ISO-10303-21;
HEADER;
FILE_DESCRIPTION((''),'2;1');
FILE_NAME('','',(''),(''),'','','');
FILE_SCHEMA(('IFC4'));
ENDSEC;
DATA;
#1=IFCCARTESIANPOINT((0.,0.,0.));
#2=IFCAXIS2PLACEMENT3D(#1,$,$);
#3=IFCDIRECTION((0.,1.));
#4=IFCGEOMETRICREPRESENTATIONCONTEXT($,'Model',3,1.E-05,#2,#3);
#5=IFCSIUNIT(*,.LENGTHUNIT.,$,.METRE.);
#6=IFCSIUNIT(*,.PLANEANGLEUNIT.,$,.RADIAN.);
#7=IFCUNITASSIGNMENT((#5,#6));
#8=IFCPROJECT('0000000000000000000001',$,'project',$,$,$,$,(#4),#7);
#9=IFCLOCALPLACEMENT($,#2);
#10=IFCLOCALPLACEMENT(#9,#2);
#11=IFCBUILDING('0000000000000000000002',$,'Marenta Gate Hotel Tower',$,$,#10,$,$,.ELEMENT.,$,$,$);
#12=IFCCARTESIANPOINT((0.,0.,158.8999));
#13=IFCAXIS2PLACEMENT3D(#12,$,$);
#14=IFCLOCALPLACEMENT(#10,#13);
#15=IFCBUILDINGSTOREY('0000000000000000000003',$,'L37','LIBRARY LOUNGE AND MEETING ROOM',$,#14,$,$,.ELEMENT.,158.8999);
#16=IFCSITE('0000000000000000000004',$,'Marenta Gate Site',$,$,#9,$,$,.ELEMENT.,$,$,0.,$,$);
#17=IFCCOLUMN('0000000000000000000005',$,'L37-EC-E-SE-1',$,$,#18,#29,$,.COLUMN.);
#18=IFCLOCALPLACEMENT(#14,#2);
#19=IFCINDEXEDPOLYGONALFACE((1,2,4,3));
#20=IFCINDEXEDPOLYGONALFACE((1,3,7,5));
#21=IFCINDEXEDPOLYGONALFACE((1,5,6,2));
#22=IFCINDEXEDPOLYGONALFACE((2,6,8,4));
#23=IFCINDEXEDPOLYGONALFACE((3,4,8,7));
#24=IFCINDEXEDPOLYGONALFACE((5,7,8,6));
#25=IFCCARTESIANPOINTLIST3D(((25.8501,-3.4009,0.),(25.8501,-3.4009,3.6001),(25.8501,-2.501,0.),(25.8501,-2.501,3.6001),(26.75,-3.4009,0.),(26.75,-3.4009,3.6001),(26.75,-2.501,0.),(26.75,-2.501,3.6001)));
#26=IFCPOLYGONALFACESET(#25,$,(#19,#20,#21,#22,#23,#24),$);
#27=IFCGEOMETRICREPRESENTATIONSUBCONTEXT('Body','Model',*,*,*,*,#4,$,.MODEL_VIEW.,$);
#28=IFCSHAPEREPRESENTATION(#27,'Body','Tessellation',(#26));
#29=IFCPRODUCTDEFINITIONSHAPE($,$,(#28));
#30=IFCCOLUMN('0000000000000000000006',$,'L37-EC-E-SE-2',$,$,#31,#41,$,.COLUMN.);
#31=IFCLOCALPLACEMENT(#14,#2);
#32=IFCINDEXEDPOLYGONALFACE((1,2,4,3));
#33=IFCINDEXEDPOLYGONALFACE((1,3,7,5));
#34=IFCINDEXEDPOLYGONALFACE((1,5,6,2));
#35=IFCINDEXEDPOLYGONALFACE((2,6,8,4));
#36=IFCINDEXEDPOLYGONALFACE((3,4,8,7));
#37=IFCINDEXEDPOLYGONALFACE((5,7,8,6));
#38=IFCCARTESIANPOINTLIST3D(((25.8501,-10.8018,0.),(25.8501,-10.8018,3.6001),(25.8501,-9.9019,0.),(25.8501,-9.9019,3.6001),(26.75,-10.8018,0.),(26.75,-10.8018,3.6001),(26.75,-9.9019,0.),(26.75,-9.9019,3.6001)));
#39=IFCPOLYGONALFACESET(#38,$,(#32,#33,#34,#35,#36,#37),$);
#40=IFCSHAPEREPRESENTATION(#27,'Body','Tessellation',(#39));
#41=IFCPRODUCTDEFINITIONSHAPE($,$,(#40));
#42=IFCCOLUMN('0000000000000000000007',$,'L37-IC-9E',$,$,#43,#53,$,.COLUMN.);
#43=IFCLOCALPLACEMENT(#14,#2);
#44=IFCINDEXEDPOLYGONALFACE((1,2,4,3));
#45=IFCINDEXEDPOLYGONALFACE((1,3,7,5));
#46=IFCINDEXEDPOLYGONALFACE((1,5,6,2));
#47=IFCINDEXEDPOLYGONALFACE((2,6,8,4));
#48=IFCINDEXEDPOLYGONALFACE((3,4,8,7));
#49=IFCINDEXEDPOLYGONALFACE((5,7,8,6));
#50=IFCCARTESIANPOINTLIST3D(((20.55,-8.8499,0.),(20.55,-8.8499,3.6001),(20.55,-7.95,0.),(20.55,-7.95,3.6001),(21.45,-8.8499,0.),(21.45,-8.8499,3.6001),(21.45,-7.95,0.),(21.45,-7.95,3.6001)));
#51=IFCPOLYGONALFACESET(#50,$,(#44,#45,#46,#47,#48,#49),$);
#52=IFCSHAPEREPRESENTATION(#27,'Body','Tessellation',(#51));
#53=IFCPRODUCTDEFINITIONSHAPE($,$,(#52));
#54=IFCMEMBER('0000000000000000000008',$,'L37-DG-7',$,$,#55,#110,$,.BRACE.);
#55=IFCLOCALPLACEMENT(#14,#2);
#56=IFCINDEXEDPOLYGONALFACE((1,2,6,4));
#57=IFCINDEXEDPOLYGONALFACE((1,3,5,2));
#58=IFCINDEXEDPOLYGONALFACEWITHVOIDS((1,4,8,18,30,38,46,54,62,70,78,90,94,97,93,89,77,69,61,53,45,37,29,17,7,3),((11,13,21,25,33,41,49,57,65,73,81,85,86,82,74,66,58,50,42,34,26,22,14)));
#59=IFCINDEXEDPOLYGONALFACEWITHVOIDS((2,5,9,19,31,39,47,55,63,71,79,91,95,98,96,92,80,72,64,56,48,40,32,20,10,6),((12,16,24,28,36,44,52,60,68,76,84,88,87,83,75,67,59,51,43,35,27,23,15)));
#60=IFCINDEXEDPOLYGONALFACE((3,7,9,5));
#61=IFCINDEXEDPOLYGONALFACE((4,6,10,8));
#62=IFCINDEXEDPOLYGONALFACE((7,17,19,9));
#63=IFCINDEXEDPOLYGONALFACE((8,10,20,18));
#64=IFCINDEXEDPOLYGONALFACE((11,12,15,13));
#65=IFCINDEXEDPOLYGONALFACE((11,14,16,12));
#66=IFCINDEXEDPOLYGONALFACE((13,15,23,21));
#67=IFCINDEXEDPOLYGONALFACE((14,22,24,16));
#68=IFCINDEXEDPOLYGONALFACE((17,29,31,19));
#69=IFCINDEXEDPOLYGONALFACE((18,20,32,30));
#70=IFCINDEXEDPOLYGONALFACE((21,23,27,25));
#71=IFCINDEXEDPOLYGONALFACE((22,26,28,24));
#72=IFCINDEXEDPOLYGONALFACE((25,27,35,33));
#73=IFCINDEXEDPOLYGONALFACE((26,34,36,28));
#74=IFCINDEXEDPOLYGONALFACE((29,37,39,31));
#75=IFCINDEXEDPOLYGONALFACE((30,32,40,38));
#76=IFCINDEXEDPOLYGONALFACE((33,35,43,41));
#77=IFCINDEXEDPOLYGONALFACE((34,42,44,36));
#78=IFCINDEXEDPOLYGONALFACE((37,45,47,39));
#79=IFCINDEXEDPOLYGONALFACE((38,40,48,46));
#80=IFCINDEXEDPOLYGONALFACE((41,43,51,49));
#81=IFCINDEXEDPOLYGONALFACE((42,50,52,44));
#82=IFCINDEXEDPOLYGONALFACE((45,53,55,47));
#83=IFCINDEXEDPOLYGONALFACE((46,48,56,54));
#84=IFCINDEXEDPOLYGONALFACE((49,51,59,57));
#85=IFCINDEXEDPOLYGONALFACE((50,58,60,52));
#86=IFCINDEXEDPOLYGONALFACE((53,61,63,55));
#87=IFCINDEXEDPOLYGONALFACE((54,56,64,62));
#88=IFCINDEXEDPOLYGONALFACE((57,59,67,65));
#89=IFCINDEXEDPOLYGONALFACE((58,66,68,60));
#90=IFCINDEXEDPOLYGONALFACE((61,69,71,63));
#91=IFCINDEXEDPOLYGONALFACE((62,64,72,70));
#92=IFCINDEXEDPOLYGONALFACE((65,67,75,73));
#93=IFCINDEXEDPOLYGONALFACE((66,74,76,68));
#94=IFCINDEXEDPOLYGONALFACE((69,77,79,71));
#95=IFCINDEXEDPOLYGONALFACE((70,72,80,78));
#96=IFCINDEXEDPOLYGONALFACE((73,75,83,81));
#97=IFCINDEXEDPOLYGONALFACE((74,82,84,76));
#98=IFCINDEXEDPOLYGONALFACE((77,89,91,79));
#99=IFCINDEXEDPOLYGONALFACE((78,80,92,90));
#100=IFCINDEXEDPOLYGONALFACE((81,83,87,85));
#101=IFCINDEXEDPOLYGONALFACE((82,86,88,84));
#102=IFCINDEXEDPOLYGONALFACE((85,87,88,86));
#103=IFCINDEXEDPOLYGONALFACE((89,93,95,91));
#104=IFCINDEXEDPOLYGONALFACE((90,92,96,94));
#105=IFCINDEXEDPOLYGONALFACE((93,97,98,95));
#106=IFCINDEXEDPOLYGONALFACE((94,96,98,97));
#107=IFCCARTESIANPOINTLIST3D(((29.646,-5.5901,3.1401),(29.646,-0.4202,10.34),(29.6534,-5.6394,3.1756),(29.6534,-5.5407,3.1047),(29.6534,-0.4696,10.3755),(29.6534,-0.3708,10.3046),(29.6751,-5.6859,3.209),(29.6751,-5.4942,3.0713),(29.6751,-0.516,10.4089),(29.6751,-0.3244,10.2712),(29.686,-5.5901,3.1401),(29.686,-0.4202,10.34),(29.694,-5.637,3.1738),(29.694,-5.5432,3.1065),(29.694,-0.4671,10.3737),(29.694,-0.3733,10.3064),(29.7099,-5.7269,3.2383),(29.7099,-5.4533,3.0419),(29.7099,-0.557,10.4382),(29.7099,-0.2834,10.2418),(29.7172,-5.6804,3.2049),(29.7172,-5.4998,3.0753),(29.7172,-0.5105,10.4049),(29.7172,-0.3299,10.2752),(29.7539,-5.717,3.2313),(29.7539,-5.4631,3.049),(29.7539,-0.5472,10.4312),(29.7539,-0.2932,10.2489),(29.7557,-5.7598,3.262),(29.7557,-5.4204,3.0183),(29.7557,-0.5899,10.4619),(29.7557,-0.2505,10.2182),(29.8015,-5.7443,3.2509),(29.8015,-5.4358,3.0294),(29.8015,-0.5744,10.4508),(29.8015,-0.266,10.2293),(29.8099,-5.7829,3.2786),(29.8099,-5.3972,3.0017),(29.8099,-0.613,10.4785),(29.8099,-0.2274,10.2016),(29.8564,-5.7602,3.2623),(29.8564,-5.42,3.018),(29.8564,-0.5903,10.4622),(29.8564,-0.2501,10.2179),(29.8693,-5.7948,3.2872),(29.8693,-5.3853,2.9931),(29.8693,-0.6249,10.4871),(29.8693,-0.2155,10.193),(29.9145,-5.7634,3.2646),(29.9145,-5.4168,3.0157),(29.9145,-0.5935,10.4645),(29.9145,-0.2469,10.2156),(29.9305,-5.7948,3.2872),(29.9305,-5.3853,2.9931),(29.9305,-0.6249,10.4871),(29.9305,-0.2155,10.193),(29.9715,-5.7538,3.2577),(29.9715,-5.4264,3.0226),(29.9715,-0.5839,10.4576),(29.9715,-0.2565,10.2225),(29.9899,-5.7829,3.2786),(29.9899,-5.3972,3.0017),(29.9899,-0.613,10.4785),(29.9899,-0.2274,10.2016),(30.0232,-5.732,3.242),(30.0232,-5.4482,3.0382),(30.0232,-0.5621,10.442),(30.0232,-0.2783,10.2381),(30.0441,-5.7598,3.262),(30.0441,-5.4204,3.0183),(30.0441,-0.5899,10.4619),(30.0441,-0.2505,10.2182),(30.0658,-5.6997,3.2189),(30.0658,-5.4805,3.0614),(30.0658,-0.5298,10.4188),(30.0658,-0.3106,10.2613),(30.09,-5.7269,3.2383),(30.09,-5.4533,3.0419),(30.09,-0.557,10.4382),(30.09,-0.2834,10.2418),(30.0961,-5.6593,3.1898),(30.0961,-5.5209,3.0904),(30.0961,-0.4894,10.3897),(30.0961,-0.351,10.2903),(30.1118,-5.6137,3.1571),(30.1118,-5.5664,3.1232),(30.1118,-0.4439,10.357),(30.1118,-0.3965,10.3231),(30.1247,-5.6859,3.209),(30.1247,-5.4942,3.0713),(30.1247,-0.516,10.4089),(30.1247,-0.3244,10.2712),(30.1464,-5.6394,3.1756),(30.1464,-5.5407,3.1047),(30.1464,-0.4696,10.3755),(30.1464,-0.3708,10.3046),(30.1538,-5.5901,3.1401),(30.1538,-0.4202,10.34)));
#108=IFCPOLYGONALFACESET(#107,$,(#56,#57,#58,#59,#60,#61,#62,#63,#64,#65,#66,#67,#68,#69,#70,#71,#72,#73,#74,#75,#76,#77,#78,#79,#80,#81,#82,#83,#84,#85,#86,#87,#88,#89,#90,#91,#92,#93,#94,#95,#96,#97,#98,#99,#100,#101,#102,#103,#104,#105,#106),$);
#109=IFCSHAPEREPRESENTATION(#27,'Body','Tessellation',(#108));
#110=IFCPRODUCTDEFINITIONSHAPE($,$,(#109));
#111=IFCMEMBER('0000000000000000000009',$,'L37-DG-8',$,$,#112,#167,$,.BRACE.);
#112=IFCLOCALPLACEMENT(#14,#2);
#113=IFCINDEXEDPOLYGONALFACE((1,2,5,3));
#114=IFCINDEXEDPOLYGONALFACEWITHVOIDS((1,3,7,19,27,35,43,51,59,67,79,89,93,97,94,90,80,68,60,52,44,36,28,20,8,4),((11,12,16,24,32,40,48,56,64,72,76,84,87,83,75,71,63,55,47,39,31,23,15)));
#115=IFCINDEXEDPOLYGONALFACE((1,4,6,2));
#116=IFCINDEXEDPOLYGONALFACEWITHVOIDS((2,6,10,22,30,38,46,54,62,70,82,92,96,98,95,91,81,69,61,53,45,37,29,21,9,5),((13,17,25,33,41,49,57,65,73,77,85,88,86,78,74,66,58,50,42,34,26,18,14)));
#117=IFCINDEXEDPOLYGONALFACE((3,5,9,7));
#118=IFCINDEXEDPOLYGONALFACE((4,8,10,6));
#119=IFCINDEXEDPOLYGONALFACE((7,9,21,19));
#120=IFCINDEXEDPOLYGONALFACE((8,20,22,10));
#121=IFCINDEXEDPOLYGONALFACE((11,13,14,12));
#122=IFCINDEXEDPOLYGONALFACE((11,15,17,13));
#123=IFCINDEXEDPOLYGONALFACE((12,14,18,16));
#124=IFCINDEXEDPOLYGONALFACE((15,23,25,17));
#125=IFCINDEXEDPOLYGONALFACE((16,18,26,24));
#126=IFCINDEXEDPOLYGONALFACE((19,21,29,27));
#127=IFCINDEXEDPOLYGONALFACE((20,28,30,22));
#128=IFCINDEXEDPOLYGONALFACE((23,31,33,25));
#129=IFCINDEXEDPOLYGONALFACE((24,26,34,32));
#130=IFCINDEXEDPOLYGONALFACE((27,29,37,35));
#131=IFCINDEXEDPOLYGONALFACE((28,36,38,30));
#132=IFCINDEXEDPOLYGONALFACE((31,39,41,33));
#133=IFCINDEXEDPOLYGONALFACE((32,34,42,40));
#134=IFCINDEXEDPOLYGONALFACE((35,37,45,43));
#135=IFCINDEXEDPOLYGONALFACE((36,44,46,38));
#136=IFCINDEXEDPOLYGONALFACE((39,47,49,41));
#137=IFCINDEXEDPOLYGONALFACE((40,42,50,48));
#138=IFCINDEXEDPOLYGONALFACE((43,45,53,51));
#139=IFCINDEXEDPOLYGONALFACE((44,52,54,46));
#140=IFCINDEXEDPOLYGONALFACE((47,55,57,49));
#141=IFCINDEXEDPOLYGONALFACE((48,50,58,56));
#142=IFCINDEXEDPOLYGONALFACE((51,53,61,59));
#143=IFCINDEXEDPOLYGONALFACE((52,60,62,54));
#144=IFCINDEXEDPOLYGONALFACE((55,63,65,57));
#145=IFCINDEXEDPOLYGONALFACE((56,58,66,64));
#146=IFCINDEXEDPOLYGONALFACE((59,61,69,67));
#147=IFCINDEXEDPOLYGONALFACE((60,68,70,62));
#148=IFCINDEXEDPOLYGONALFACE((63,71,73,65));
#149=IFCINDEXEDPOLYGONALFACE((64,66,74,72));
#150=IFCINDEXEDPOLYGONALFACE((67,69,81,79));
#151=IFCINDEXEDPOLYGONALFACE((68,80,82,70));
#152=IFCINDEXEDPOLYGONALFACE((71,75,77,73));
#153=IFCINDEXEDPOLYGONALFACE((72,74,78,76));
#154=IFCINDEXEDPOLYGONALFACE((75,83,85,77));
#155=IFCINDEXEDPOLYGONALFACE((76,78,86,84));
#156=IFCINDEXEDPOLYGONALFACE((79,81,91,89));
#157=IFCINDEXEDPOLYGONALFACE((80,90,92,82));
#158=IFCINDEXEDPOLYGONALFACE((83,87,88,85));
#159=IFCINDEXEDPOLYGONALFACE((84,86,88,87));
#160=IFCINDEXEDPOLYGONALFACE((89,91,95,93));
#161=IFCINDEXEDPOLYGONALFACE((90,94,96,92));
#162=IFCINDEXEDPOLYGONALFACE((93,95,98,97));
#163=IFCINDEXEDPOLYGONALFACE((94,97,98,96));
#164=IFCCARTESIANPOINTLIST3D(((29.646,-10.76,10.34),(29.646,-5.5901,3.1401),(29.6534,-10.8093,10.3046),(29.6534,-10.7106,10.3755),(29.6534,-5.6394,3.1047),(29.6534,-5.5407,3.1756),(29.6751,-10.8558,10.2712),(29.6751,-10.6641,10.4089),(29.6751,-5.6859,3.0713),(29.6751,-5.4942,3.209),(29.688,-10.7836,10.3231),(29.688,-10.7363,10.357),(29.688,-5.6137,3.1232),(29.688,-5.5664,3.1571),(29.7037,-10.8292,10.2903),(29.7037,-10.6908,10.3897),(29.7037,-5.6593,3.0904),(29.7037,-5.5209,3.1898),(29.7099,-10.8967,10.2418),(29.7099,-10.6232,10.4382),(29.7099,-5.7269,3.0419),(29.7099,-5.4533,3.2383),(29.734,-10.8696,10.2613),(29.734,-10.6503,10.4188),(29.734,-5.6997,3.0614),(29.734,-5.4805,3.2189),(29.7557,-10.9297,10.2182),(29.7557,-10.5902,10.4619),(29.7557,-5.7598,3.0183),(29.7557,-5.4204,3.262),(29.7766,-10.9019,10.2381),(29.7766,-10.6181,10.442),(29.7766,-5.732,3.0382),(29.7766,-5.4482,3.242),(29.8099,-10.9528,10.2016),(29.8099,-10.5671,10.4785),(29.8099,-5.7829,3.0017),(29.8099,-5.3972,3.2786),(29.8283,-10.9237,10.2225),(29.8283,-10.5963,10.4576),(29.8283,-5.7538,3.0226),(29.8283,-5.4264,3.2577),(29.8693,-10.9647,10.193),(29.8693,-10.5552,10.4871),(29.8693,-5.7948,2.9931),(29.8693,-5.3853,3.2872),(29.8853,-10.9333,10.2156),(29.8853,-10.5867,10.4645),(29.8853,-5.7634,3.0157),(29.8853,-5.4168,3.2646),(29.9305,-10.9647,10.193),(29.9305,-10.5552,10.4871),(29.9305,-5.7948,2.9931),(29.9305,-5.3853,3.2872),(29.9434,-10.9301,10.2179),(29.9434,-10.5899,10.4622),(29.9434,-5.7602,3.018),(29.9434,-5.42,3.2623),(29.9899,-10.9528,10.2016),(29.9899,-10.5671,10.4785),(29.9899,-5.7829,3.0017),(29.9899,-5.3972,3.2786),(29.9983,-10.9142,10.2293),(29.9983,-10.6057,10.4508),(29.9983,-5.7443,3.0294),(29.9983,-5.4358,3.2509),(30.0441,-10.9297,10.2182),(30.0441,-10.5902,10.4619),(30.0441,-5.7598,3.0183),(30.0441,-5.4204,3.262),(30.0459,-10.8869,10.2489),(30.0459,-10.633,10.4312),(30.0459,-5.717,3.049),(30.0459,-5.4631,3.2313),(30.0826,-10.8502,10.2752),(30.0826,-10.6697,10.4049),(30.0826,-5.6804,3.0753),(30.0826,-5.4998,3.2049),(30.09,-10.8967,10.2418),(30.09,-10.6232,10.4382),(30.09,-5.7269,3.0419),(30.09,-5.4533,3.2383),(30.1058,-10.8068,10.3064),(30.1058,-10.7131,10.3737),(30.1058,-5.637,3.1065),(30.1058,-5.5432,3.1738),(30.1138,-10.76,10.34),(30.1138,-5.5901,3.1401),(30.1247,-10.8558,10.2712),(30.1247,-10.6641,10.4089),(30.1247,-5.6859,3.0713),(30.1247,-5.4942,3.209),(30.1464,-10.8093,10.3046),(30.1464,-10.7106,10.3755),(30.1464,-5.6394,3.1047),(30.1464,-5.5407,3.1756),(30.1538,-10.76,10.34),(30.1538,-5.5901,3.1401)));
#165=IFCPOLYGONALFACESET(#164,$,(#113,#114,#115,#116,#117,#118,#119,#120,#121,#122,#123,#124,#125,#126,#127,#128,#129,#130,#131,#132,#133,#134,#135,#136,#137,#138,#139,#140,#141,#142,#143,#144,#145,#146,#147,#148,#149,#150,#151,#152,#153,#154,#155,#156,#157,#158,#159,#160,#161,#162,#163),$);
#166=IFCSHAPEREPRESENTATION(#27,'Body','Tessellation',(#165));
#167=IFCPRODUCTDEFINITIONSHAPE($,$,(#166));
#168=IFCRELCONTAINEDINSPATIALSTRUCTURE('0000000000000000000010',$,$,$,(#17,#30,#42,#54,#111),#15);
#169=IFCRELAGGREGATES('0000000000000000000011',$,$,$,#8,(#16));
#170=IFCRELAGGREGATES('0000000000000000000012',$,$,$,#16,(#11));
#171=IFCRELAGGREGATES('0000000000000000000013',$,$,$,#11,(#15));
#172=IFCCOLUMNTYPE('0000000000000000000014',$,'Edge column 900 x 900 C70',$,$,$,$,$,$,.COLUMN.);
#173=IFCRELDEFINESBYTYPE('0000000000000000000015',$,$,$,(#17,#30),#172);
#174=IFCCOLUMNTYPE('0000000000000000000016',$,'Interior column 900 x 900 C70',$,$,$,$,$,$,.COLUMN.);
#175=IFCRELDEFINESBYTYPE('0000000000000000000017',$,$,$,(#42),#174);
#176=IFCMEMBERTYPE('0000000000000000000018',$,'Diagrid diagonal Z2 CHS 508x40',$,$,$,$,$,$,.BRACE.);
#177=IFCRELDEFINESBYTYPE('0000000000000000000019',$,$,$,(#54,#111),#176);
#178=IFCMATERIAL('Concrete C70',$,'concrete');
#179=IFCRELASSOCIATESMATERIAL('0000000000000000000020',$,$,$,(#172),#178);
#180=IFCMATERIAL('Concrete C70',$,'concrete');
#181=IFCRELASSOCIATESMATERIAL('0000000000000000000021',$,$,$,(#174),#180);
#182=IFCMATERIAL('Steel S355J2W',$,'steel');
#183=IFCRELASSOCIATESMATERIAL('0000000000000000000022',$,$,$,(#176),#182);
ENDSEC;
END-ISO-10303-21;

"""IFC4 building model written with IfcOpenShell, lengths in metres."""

from ifc_helpers import new_model, si_unit, direction, frame, origin, origin_2d, place, context, subcontext, project, spatial, rectangle, hollow_circle, extrude, material, material_profile, profile_set, type_object, element, save


model = new_model("IFC4")

# Units and contexts
model_context = context("Model", 3, precision=1e-05, world=origin(), true_north=direction((0.0, 1.0)))
body_context = subcontext(model_context, "Body", "Model", "MODEL_VIEW")
ifc_project = project(units=[si_unit("LENGTHUNIT", "METRE"), si_unit("PLANEANGLEUNIT", "RADIAN")], contexts=[model_context])

# Site, building, storey
site_placement = place(None, origin())
site = spatial("IfcSite", under=ifc_project, at=site_placement, Name="Marenta Gate Site", CompositionType="ELEMENT", RefElevation=0.0)
building_placement = place(site_placement, origin())
building = spatial("IfcBuilding", under=site, at=building_placement, Name="Marenta Gate Hotel Tower", CompositionType="ELEMENT")
storey_placement = place(building_placement, frame((0.0, 0.0, 158.8999)))
storey = spatial("IfcBuildingStorey", under=building, at=storey_placement, Name="L37", Description="LIBRARY LOUNGE AND MEETING ROOM", CompositionType="ELEMENT", Elevation=158.8999)

# Columns
ifc_material_1 = material(Name="Concrete C70", Category="concrete")
ifc_material_profile_1 = material_profile(ifc_material_1, rectangle(XDim=0.8999, YDim=0.8999, at=origin_2d()), Name="900 x 900")
ifc_profile_set_1 = profile_set([ifc_material_profile_1], Name="Concrete C70")
column_type_1 = type_object("IfcColumnType", Name="Edge column 900 x 900 C70", PredefinedType="COLUMN", material=ifc_profile_set_1)
for number, where, z_axis, x_axis, name in (
    (1, (26.3, -2.9509, 0.0), (0.0, 0.0, 1.0), (1.0, 0.0, 0.0), "L37-EC-E-SE-1"),
    (2, (26.3, -10.3518, 0.0), (0.0, 0.0, 1.0), (1.0, 0.0, 0.0), "L37-EC-E-SE-2"),
):
    element("IfcColumn", number, at=place(storey_placement, frame(where, z_axis=z_axis, x_axis=x_axis)), inside=storey, type_object=column_type_1, Name=name, PredefinedType="COLUMN", context=body_context, shape_type="SweptSolid", body=[
        extrude(rectangle(XDim=0.8999, YDim=0.8999, at=origin_2d()), origin(), (0.0, 0.0, 1.0), 3.6001),
    ])
ifc_material_2 = material(Name="Concrete C70", Category="concrete")
ifc_material_profile_2 = material_profile(ifc_material_2, rectangle(XDim=0.8999, YDim=0.8999, at=origin_2d()), Name="900 x 900")
ifc_profile_set_2 = profile_set([ifc_material_profile_2], Name="Concrete C70")
column_type_2 = type_object("IfcColumnType", Name="Interior column 900 x 900 C70", PredefinedType="COLUMN", material=ifc_profile_set_2)
column_placement = place(storey_placement, frame((21.0, -8.3999, 0.0), z_axis=(0.0, 0.0, 1.0), x_axis=(1.0, 0.0, 0.0)))
element("IfcColumn", 3, at=column_placement, inside=storey, type_object=column_type_2, Name="L37-IC-9E", PredefinedType="COLUMN", context=body_context, shape_type="SweptSolid", body=[
    extrude(rectangle(XDim=0.8999, YDim=0.8999, at=origin_2d()), origin(), (0.0, 0.0, 1.0), 3.6001),
])

# Members
ifc_material_3 = material(Name="Steel S355J2W", Category="steel")
ifc_material_profile_3 = material_profile(ifc_material_3, hollow_circle(Radius=0.2539, WallThickness=0.04, at=origin_2d()), Name="CHS 508x40")
ifc_profile_set_3 = profile_set([ifc_material_profile_3], Name="Steel S355J2W")
member_type_1 = type_object("IfcMemberType", Name="Diagrid diagonal Z2 CHS 508x40", PredefinedType="BRACE", material=ifc_profile_set_3)
for number, where, z_axis, x_axis, name in (
    (4, (29.8999, -5.5901, 3.1401), (0.0, 0.583261, 0.812285), (-1.0, 0.0, 0.0), "L37-DG-7"),
    (5, (29.8999, -5.5901, 3.1401), (0.0, -0.583261, 0.812285), (1.0, 0.0, 0.0), "L37-DG-8"),
):
    element("IfcMember", number, at=place(storey_placement, frame(where, z_axis=z_axis, x_axis=x_axis)), inside=storey, type_object=member_type_1, Name=name, PredefinedType="BRACE", context=body_context, shape_type="SweptSolid", body=[
        extrude(hollow_circle(Radius=0.2539, WallThickness=0.04, at=origin_2d()), origin(), (0.0, 0.0, 1.0), 8.8638),
    ])

save(model, "model.ifc")
